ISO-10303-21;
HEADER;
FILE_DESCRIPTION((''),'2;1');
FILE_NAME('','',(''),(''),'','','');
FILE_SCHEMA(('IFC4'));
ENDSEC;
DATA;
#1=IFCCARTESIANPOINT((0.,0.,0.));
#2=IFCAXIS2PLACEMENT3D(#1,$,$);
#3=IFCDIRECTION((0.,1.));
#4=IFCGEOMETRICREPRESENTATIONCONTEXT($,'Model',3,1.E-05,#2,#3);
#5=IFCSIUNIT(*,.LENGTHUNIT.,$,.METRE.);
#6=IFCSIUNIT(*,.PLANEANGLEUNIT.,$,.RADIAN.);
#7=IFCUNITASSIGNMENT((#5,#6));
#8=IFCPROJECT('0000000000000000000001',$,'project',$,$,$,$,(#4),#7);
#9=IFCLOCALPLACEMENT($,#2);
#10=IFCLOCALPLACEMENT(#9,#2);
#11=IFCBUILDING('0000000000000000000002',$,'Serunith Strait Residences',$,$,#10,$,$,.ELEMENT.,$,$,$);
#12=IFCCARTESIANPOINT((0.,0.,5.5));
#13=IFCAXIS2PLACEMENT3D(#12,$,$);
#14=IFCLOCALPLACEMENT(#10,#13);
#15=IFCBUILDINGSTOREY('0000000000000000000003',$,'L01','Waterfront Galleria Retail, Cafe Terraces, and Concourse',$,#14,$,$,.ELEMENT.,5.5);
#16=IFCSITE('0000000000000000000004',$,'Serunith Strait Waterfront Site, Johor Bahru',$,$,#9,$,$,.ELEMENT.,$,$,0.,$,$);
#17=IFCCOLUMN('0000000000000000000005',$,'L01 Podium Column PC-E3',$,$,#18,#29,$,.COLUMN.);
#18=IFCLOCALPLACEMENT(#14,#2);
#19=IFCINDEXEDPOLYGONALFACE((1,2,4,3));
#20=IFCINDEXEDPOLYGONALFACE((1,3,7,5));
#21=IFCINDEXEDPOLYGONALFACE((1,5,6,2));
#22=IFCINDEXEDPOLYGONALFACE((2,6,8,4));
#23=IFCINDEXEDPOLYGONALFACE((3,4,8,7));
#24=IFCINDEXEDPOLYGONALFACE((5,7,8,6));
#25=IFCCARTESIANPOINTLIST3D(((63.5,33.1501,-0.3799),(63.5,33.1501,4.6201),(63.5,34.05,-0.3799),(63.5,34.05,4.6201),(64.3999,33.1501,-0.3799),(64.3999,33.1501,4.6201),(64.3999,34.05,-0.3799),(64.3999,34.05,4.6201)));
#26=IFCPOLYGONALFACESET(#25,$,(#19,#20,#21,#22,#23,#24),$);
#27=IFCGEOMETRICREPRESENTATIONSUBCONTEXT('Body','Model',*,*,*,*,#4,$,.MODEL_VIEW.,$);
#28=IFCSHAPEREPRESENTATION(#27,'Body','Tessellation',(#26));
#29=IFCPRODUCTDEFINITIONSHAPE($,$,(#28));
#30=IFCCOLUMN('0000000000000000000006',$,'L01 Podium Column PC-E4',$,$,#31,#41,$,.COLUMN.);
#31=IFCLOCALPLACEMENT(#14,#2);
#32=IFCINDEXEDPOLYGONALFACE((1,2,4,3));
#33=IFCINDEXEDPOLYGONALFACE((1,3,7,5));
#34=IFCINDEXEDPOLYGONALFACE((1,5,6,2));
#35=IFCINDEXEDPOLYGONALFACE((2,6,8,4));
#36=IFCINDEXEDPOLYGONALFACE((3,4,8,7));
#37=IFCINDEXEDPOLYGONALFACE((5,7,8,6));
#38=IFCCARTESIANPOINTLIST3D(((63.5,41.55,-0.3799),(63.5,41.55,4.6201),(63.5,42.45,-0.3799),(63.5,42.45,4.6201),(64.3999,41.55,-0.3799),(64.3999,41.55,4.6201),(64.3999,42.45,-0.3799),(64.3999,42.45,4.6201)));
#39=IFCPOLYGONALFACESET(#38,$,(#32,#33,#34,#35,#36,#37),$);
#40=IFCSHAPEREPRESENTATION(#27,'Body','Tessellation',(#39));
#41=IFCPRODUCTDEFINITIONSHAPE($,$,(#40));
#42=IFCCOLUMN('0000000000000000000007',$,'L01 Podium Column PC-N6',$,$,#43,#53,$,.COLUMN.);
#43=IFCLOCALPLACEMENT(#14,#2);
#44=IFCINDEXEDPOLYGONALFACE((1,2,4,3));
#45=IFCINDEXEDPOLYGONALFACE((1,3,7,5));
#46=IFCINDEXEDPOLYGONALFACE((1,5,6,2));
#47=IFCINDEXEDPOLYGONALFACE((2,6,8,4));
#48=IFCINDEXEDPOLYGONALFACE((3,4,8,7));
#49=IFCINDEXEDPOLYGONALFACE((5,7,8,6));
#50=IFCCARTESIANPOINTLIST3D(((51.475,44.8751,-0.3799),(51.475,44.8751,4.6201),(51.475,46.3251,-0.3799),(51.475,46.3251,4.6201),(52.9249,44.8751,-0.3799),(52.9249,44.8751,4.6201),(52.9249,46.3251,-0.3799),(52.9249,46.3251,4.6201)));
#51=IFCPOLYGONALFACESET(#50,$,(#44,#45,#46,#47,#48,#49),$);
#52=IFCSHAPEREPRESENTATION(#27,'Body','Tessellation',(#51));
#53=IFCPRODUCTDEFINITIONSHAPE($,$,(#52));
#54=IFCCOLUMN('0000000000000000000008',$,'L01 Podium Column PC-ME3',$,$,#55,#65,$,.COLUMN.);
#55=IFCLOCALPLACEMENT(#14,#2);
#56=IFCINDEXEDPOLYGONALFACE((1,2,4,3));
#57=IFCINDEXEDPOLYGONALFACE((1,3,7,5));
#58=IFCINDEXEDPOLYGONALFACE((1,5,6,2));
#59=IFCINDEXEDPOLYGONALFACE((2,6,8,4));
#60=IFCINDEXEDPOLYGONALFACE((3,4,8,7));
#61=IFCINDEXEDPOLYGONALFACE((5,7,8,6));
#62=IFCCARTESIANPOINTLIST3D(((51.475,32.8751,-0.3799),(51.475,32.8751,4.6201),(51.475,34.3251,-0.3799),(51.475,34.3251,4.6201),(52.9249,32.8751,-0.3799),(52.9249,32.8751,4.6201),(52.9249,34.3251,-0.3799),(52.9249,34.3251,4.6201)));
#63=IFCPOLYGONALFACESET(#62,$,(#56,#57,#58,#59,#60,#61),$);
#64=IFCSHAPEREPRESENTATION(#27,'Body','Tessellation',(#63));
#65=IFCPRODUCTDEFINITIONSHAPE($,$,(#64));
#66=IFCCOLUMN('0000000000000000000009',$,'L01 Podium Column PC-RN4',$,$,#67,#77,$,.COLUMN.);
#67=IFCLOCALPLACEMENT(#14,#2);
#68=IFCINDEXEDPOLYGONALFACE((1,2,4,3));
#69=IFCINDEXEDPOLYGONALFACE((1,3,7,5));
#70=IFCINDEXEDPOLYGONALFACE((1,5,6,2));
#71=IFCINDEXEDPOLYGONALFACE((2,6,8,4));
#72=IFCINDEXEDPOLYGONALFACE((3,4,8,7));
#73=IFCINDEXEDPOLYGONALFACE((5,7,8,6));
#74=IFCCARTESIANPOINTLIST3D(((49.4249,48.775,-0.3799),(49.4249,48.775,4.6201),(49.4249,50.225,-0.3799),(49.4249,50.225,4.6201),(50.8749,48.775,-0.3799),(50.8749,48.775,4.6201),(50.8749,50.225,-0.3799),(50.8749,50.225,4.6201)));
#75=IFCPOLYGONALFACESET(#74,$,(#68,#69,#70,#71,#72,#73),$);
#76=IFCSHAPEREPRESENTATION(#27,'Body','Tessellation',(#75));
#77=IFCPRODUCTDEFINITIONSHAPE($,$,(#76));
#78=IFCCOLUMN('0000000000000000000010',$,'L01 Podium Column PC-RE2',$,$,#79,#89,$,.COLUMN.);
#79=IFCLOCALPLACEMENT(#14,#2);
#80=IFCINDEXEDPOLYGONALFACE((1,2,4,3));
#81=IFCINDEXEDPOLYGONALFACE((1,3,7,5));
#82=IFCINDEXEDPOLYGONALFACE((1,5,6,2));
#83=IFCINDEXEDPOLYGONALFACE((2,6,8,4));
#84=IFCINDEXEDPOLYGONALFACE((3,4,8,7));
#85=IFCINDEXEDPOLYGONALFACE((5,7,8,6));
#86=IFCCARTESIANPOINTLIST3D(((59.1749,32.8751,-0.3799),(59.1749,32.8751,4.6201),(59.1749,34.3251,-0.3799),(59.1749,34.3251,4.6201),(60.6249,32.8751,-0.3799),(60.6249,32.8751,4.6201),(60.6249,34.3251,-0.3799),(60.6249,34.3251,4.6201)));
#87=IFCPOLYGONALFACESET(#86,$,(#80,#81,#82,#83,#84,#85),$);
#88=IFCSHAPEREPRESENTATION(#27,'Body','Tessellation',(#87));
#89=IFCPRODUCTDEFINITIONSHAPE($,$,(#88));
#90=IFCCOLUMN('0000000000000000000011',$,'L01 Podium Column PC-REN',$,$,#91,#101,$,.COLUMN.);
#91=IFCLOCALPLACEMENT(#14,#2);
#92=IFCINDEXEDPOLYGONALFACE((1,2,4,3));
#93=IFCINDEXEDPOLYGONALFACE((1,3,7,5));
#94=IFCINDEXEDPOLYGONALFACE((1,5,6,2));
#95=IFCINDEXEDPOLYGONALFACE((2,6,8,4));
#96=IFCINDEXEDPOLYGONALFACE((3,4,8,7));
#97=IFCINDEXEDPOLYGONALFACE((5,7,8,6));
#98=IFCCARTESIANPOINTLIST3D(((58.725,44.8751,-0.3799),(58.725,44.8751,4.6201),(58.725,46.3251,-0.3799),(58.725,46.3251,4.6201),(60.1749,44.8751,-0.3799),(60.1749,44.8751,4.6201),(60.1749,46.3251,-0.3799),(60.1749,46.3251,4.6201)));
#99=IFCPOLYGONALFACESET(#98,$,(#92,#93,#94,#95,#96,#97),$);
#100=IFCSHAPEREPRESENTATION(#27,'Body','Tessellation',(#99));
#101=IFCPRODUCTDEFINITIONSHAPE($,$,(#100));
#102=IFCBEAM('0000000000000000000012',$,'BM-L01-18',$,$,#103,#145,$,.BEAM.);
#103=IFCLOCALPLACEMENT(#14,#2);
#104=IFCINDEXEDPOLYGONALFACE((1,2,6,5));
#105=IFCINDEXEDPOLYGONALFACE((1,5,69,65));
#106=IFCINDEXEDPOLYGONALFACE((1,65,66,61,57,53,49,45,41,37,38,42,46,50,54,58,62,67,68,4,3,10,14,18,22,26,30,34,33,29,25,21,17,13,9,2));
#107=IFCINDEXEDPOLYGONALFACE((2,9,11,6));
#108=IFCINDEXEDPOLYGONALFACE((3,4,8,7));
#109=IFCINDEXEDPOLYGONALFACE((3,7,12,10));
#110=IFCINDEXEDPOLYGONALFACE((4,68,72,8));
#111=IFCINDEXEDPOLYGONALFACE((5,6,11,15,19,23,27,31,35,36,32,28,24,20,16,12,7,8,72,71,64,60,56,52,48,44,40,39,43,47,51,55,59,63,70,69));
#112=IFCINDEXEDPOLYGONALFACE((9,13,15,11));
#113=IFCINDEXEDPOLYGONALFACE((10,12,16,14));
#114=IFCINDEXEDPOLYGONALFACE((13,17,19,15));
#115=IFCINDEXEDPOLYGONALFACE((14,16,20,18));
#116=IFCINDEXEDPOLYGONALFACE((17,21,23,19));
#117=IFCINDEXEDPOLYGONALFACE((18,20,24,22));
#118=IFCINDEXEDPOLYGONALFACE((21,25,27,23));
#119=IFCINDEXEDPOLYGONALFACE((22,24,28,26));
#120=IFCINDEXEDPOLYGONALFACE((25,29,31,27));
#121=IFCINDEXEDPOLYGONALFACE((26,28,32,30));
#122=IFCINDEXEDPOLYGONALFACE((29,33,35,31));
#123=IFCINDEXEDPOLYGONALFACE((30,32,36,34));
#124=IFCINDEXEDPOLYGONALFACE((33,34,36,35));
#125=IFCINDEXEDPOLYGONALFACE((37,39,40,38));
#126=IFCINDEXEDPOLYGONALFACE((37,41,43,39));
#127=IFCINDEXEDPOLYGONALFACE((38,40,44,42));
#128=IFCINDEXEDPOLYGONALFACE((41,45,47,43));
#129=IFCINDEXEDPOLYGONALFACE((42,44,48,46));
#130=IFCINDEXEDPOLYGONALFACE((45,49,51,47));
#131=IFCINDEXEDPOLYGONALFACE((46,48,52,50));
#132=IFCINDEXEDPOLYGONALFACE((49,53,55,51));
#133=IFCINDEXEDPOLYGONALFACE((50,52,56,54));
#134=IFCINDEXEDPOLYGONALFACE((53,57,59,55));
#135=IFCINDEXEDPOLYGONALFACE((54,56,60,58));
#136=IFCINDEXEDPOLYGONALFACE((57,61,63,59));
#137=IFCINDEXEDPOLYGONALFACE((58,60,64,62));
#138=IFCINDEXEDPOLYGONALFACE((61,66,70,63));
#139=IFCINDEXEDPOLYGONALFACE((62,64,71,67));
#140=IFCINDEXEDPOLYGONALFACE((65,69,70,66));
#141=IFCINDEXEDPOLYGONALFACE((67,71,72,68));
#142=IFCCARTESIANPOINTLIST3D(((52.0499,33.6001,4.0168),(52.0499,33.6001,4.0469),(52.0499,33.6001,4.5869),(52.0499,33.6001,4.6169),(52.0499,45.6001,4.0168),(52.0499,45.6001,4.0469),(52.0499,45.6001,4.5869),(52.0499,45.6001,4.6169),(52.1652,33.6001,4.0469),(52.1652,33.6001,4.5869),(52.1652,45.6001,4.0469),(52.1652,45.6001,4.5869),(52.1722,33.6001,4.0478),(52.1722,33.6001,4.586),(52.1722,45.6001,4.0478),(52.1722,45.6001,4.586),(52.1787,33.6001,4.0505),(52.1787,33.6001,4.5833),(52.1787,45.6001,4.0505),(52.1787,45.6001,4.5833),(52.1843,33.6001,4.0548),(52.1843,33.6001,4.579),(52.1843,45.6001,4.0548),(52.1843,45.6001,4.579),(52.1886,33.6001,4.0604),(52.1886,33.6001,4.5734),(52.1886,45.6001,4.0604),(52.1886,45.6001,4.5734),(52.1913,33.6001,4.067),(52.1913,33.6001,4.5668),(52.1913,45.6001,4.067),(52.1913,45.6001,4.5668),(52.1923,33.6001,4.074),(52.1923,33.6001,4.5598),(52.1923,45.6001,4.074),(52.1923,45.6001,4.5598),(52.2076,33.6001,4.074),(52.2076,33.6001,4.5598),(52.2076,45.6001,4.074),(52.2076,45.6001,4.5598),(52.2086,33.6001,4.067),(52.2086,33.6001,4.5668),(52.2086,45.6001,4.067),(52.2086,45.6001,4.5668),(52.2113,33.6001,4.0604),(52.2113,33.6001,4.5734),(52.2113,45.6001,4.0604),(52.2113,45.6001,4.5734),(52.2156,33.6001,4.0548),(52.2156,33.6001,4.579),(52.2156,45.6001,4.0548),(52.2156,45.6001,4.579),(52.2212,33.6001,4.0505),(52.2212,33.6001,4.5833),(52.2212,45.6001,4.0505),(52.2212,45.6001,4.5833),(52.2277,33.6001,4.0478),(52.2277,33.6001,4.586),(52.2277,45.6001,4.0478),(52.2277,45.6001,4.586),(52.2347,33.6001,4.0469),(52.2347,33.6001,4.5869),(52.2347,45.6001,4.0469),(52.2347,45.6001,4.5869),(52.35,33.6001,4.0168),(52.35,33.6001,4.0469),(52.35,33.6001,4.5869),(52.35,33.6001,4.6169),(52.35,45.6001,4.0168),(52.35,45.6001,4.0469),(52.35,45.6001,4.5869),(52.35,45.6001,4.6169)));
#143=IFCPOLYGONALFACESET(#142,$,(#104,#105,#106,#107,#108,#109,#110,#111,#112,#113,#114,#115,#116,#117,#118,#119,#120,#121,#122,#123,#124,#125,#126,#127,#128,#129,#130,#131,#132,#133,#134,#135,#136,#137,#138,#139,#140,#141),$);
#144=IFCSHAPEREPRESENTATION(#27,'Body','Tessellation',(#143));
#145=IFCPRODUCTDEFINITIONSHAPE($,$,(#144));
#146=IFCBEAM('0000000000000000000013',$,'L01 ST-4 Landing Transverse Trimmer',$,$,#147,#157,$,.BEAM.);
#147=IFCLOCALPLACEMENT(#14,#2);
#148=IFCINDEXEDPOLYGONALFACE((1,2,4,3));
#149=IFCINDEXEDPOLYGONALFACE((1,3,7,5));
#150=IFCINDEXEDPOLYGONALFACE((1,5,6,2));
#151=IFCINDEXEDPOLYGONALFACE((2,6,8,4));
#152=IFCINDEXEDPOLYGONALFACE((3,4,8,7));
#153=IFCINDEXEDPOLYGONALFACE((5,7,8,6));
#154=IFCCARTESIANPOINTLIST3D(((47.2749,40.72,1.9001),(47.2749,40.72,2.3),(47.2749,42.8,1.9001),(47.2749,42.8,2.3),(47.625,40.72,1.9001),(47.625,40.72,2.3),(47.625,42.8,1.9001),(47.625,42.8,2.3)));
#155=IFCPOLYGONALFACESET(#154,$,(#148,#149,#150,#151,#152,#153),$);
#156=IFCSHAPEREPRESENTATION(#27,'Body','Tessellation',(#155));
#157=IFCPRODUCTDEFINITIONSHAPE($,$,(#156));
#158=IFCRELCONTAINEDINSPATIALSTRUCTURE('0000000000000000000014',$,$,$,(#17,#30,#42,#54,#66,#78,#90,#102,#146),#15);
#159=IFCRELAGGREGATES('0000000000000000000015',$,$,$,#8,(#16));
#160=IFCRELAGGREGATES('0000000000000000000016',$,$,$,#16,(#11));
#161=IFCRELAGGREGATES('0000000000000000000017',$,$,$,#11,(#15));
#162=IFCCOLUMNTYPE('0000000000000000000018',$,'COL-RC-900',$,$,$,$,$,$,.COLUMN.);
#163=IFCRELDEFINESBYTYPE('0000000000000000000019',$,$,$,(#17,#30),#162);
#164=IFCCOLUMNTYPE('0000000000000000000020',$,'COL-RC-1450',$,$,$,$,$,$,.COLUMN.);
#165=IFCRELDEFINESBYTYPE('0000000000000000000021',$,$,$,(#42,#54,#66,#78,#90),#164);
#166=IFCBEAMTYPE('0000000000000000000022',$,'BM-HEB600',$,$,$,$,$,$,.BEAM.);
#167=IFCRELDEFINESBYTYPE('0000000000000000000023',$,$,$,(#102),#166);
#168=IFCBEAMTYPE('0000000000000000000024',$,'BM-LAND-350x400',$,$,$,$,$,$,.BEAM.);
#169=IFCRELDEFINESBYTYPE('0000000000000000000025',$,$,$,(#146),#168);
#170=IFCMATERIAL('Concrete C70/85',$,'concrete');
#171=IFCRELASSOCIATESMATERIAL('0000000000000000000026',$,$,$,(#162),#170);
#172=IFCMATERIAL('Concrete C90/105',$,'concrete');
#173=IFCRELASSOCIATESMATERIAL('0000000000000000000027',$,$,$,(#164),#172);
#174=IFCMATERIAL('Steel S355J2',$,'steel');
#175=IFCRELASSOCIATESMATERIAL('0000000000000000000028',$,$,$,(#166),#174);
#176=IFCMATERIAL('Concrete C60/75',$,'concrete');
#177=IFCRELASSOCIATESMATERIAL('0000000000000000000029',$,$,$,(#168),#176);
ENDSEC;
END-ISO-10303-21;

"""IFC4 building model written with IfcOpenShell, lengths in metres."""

from ifc_helpers import new_model, si_unit, direction, frame, origin, origin_2d, place, context, subcontext, project, spatial, rectangle, i_section, extrude, source, transform, mapped, material, material_profile, profile_set, type_object, element, save


model = new_model("IFC4")

# Units and contexts
model_context = context("Model", 3, precision=1e-05, world=origin(), true_north=direction((0.0, 1.0)))
body_context = subcontext(model_context, "Body", "Model", "MODEL_VIEW")
ifc_project = project(units=[si_unit("LENGTHUNIT", "METRE"), si_unit("PLANEANGLEUNIT", "RADIAN")], contexts=[model_context])

# Site, building, storey
site_placement = place(None, origin())
site = spatial("IfcSite", under=ifc_project, at=site_placement, Name="Serunith Strait Waterfront Site, Johor Bahru", CompositionType="ELEMENT", RefElevation=0.0)
building_placement = place(site_placement, origin())
building = spatial("IfcBuilding", under=site, at=building_placement, Name="Serunith Strait Residences", CompositionType="ELEMENT")
storey_placement = place(building_placement, frame((0.0, 0.0, 5.5)))
storey = spatial("IfcBuildingStorey", under=building, at=storey_placement, Name="L01", Description="Waterfront Galleria Retail, Cafe Terraces, and Concourse", CompositionType="ELEMENT", Elevation=5.5)

# Columns
ifc_material_1 = material(Name="Concrete C70/85", Category="concrete")
ifc_material_profile_1 = material_profile(ifc_material_1, rectangle(XDim=0.8999, YDim=0.8999, at=origin_2d()), Name="RC 900x900")
ifc_profile_set_1 = profile_set([ifc_material_profile_1], Name="Concrete C70/85")
column_type_1 = type_object("IfcColumnType", Name="COL-RC-900", PredefinedType="COLUMN", material=ifc_profile_set_1)
shared_shape_1 = source(origin(), body_context, "Body", "SweptSolid", [
    extrude(rectangle(XDim=0.8999, YDim=0.8999, at=origin_2d()), origin(), (0.0, 0.0, 1.0), 5.0),
])
for number, where, z_axis, x_axis, name in (
    (1, (63.95, 33.6001, -0.3799), (0.0, 0.0, 1.0), (1.0, 0.0, 0.0), "L01 Podium Column PC-E3"),
    (2, (63.95, 42.0, -0.3799), (0.0, 0.0, 1.0), (1.0, 0.0, 0.0), "L01 Podium Column PC-E4"),
):
    element("IfcColumn", number, at=place(storey_placement, frame(where, z_axis=z_axis, x_axis=x_axis)), inside=storey, type_object=column_type_1, Name=name, PredefinedType="COLUMN", context=body_context, shape_type="MappedRepresentation", body=[
        mapped(shared_shape_1, transform((0.0, 0.0, 0.0), scale=1.0)),
    ])
ifc_material_2 = material(Name="Concrete C90/105", Category="concrete")
ifc_material_profile_2 = material_profile(ifc_material_2, rectangle(XDim=1.45, YDim=1.45, at=origin_2d()), Name="RC 1450x1450")
ifc_profile_set_2 = profile_set([ifc_material_profile_2], Name="Concrete C90/105")
column_type_2 = type_object("IfcColumnType", Name="COL-RC-1450", PredefinedType="COLUMN", material=ifc_profile_set_2)
shared_shape_2 = source(origin(), body_context, "Body", "SweptSolid", [
    extrude(rectangle(XDim=1.45, YDim=1.45, at=origin_2d()), origin(), (0.0, 0.0, 1.0), 5.0),
])
for number, where, z_axis, x_axis, name in (
    (3, (52.2, 45.6001, -0.3799), (0.0, 0.0, 1.0), (1.0, 0.0, 0.0), "L01 Podium Column PC-N6"),
    (4, (52.2, 33.6001, -0.3799), (0.0, 0.0, 1.0), (1.0, 0.0, 0.0), "L01 Podium Column PC-ME3"),
    (5, (50.1499, 49.5, -0.3799), (0.0, 0.0, 1.0), (1.0, 0.0, 0.0), "L01 Podium Column PC-RN4"),
    (6, (59.8999, 33.6001, -0.3799), (0.0, 0.0, 1.0), (1.0, 0.0, 0.0), "L01 Podium Column PC-RE2"),
    (7, (59.45, 45.6001, -0.3799), (0.0, 0.0, 1.0), (1.0, 0.0, 0.0), "L01 Podium Column PC-REN"),
):
    element("IfcColumn", number, at=place(storey_placement, frame(where, z_axis=z_axis, x_axis=x_axis)), inside=storey, type_object=column_type_2, Name=name, PredefinedType="COLUMN", context=body_context, shape_type="MappedRepresentation", body=[
        mapped(shared_shape_2, transform((0.0, 0.0, 0.0), scale=1.0)),
    ])

# Beams
ifc_material_3 = material(Name="Steel S355J2", Category="steel")
ifc_material_profile_3 = material_profile(ifc_material_3, i_section(OverallWidth=0.3, OverallDepth=0.6001, WebThickness=0.0154, FlangeThickness=0.03, FilletRadius=0.0271, at=origin_2d()), Name="HEB 600")
ifc_profile_set_3 = profile_set([ifc_material_profile_3], Name="Steel S355J2")
beam_type_1 = type_object("IfcBeamType", Name="BM-HEB600", PredefinedType="BEAM", material=ifc_profile_set_3)
shared_shape_3 = source(origin(), body_context, "Body", "SweptSolid", [
    extrude(i_section(OverallWidth=0.3, OverallDepth=0.6001, WebThickness=0.0154, FlangeThickness=0.03, FilletRadius=0.0271, at=origin_2d()), origin(), (0.0, 0.0, 1.0), 12.0),
])
beam_1_placement = place(storey_placement, frame((52.2, 33.6001, 4.3169), z_axis=(0.0, 1.0, 0.0), x_axis=(-1.0, 0.0, 0.0)))
element("IfcBeam", 8, at=beam_1_placement, inside=storey, type_object=beam_type_1, Name="BM-L01-18", PredefinedType="BEAM", context=body_context, shape_type="MappedRepresentation", body=[
    mapped(shared_shape_3, transform((0.0, 0.0, 0.0), scale=1.0)),
])
ifc_material_4 = material(Name="Concrete C60/75", Category="concrete")
ifc_material_profile_4 = material_profile(ifc_material_4, rectangle(XDim=0.3501, YDim=0.3999, at=origin_2d()), Name="RC 350x400")
ifc_profile_set_4 = profile_set([ifc_material_profile_4], Name="Concrete C60/75")
beam_type_2 = type_object("IfcBeamType", Name="BM-LAND-350x400", PredefinedType="BEAM", material=ifc_profile_set_4)
shared_shape_4 = source(origin(), body_context, "Body", "SweptSolid", [
    extrude(rectangle(XDim=0.3501, YDim=0.3999, at=origin_2d()), origin(), (0.0, 0.0, 1.0), 2.0801),
])
beam_2_placement = place(storey_placement, frame((47.45, 40.72, 2.1001), z_axis=(0.0, 1.0, 0.0), x_axis=(-1.0, 0.0, 0.0)))
element("IfcBeam", 9, at=beam_2_placement, inside=storey, type_object=beam_type_2, Name="L01 ST-4 Landing Transverse Trimmer", PredefinedType="BEAM", context=body_context, shape_type="MappedRepresentation", body=[
    mapped(shared_shape_4, transform((0.0, 0.0, 0.0), scale=1.0)),
])

save(model, "model.ifc")
